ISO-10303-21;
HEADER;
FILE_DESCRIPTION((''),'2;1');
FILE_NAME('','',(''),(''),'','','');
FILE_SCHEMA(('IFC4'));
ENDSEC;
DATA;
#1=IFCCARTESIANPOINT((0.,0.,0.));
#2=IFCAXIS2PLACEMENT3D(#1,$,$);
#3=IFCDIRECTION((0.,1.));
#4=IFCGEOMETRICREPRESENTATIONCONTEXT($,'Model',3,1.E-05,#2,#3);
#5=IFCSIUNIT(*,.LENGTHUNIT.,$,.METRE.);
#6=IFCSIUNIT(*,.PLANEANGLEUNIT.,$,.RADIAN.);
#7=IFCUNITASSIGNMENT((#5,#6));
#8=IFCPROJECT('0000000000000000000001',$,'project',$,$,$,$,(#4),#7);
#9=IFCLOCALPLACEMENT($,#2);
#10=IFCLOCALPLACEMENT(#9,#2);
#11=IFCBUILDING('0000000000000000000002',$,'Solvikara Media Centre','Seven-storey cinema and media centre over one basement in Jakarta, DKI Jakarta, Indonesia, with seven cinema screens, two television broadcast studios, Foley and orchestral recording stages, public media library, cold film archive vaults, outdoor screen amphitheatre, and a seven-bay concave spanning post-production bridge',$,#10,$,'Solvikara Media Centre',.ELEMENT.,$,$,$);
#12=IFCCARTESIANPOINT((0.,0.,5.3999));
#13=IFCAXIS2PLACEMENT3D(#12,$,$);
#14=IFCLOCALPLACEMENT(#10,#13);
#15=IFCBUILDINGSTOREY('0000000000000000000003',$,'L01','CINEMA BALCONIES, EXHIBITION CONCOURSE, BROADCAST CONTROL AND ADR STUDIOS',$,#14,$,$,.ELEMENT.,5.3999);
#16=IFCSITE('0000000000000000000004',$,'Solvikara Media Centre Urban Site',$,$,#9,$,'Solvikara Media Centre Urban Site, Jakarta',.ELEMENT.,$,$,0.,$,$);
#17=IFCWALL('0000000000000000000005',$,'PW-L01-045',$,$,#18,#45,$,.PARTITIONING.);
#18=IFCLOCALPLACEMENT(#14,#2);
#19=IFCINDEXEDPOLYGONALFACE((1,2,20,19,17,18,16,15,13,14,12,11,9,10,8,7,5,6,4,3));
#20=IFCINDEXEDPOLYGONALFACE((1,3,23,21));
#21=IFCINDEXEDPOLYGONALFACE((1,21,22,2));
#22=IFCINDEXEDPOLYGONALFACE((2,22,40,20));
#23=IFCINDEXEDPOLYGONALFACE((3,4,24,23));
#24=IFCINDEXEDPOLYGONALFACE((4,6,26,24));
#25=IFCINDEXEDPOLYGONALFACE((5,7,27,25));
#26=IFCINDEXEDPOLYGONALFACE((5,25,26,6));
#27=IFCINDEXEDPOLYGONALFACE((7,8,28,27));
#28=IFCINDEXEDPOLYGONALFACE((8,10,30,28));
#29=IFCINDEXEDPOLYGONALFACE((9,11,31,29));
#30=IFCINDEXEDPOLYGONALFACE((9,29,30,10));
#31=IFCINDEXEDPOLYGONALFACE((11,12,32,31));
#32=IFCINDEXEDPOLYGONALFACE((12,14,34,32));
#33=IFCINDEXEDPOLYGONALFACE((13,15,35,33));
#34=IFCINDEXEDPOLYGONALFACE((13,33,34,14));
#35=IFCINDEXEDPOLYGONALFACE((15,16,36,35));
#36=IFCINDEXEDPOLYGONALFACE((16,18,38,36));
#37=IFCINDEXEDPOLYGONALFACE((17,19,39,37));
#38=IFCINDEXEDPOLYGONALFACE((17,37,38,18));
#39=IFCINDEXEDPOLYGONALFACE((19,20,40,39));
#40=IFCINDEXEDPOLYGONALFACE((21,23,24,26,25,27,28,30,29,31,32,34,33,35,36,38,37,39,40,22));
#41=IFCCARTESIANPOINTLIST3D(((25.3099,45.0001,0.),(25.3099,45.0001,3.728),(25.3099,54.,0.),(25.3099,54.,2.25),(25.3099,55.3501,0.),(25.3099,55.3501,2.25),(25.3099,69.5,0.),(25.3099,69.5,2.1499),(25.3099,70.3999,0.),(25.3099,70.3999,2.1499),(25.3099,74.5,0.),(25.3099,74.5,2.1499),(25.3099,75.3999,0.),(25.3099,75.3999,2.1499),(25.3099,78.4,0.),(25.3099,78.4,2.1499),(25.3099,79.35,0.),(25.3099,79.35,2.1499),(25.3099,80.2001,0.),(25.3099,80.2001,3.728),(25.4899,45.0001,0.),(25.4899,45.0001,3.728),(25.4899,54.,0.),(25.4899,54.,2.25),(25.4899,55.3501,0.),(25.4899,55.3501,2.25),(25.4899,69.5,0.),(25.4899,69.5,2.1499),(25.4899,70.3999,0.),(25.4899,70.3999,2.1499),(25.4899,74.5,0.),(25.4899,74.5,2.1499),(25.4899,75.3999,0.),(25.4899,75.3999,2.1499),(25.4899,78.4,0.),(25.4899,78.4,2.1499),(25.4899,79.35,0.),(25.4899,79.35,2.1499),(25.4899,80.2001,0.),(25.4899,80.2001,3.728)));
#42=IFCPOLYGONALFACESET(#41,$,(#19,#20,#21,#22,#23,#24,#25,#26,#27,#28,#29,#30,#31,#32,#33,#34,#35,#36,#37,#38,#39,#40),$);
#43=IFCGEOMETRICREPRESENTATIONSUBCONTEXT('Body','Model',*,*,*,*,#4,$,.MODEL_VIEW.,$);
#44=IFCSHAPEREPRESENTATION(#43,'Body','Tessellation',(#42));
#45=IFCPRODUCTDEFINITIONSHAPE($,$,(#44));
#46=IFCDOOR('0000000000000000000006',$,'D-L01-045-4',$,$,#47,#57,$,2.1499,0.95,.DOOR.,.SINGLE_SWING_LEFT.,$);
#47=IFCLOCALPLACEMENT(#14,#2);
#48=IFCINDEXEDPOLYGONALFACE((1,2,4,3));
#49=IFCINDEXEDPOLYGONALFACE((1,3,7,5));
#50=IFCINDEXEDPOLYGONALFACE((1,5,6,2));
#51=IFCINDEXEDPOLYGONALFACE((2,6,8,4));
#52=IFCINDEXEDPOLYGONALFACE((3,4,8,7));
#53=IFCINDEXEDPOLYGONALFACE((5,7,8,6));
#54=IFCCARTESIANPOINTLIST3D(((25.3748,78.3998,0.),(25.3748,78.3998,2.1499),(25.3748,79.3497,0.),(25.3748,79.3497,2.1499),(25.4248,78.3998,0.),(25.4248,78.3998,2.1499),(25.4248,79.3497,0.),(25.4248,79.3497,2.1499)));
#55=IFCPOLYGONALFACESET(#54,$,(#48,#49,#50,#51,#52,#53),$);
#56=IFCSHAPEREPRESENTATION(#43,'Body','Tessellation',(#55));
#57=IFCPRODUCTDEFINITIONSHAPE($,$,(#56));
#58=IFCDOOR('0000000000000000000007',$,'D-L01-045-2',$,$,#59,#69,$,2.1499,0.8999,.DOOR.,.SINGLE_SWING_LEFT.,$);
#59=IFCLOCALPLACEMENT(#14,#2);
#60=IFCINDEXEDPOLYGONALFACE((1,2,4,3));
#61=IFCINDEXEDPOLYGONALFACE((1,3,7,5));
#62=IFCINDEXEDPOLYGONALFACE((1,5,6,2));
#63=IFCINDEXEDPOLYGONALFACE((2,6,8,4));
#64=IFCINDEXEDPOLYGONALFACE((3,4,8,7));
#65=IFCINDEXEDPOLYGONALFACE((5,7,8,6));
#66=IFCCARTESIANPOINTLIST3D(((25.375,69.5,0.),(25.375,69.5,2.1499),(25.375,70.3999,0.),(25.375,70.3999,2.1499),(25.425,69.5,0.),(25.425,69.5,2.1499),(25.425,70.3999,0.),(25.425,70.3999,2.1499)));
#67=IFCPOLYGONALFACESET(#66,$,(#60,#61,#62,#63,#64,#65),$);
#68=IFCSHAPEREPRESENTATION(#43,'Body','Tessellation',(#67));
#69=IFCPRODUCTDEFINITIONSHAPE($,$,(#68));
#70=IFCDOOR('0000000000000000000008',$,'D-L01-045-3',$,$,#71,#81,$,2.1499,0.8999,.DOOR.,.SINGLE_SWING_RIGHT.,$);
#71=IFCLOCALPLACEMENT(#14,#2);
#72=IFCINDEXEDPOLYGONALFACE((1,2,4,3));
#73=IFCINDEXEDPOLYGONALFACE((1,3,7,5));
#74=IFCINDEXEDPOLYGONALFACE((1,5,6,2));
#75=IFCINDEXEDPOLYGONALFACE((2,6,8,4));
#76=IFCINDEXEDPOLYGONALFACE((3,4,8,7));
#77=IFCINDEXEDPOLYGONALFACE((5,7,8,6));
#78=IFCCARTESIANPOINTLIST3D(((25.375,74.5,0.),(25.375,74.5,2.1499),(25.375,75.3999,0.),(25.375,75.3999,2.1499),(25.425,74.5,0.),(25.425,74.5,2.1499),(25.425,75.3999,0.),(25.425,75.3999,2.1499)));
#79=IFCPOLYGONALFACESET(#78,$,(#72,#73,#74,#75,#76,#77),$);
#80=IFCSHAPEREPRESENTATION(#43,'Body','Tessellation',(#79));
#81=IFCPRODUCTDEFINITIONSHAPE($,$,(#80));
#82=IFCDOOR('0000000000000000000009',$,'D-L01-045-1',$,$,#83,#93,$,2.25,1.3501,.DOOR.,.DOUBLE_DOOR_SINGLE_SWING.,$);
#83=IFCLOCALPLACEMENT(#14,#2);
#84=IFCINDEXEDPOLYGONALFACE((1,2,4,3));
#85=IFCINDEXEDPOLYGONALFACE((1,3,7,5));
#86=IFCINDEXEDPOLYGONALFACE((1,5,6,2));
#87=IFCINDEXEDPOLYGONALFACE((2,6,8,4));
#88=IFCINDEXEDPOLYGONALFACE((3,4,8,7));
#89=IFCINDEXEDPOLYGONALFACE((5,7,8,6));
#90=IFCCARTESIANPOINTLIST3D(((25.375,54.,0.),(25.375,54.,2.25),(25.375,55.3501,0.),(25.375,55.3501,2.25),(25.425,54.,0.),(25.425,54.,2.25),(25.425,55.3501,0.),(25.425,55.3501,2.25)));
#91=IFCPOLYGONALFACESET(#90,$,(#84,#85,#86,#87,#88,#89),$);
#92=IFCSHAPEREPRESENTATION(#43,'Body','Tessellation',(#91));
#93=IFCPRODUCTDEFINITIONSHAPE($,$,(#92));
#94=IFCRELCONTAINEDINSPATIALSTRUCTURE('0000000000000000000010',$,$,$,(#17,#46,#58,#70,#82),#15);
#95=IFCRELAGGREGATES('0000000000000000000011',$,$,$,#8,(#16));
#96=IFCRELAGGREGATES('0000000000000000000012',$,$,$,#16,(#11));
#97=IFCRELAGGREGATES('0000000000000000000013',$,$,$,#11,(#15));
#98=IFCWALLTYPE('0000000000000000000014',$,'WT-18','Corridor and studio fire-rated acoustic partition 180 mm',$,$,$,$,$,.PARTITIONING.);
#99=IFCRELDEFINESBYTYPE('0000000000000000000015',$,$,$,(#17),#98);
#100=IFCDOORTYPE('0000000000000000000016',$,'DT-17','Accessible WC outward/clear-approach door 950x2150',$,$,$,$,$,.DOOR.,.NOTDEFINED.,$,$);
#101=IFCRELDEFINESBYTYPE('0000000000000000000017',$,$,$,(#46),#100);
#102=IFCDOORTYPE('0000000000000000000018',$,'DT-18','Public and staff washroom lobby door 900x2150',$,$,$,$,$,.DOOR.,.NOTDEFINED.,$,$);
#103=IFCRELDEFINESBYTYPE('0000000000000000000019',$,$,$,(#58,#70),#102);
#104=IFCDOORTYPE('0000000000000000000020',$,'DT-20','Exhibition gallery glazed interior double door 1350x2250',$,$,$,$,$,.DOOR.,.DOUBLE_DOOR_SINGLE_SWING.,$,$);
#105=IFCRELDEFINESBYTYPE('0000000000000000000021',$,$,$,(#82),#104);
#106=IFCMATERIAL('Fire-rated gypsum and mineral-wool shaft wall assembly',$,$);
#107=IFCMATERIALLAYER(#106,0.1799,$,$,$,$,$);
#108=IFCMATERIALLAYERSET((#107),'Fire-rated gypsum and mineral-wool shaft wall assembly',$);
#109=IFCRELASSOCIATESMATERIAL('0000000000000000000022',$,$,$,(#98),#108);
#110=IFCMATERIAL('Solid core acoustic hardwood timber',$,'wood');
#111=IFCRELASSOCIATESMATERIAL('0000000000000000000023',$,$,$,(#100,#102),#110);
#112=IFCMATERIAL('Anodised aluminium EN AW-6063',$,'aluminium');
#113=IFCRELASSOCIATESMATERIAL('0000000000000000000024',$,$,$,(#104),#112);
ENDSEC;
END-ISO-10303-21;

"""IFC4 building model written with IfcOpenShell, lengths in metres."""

from ifc_helpers import new_model, si_unit, direction, frame, frame_2d, origin, place, context, subcontext, project, spatial, rectangle, extrude, material, layer, layer_set, type_object, element, fill, save


model = new_model("IFC4")

# Units and contexts
model_context = context("Model", 3, precision=1e-05, world=origin(), true_north=direction((0.0, 1.0)))
body_context = subcontext(model_context, "Body", "Model", "MODEL_VIEW")
ifc_project = project(units=[si_unit("LENGTHUNIT", "METRE"), si_unit("PLANEANGLEUNIT", "RADIAN")], contexts=[model_context])

# Site, building, storey
site_placement = place(None, origin())
site = spatial("IfcSite", under=ifc_project, at=site_placement, Name="Solvikara Media Centre Urban Site", LongName="Solvikara Media Centre Urban Site, Jakarta", CompositionType="ELEMENT", RefElevation=0.0)
building_placement = place(site_placement, origin())
building = spatial("IfcBuilding", under=site, at=building_placement, Name="Solvikara Media Centre", Description="Seven-storey cinema and media centre over one basement in Jakarta, DKI Jakarta, Indonesia, with seven cinema screens, two television broadcast studios, Foley and orchestral recording stages, public media library, cold film archive vaults, outdoor screen amphitheatre, and a seven-bay concave spanning post-production bridge", LongName="Solvikara Media Centre", CompositionType="ELEMENT")
storey_placement = place(building_placement, frame((0.0, 0.0, 5.3999)))
storey = spatial("IfcBuildingStorey", under=building, at=storey_placement, Name="L01", Description="CINEMA BALCONIES, EXHIBITION CONCOURSE, BROADCAST CONTROL AND ADR STUDIOS", CompositionType="ELEMENT", Elevation=5.3999)

# Shared definitions
ifc_material_1 = material(Name="Anodised aluminium EN AW-6063", Category="aluminium")

# Wall, openings, doors
ifc_material_2 = material(Name="Fire-rated gypsum and mineral-wool shaft wall assembly")
ifc_layer_1 = layer(ifc_material_2, 0.1799)
ifc_layer_set_1 = layer_set([ifc_layer_1], Name="Fire-rated gypsum and mineral-wool shaft wall assembly")
wall_type_1 = type_object("IfcWallType", Name="WT-18", Description="Corridor and studio fire-rated acoustic partition 180 mm", PredefinedType="PARTITIONING", material=ifc_layer_set_1)
wall_1_placement = place(storey_placement, frame((25.3999, 45.0, 0.0), z_axis=(0.0, 0.0, 1.0), x_axis=(0.0, 1.0, 0.0)))
wall_1 = element("IfcWall", 1, at=wall_1_placement, inside=storey, type_object=wall_type_1, Name="PW-L01-045", PredefinedType="PARTITIONING", context=body_context, shape_type="SweptSolid", body=[
    extrude(rectangle(XDim=35.2, YDim=0.1799, at=frame_2d((17.6001, 0.0))), origin(), (0.0, 0.0, 1.0), 3.728),
])
opening_1_placement = place(wall_1_placement, frame((9.0, 0.0, 0.0)))
opening_1 = element("IfcOpeningElement", 2, at=opening_1_placement, cuts=wall_1, PredefinedType="OPENING", context=body_context, shape_type="SweptSolid", body=[
    extrude(rectangle(XDim=1.3501, YDim=2.25, at=frame_2d((0.675, 1.125))), frame((0.0, 0.1021, 0.0), z_axis=(0.0, -1.0, 0.0), x_axis=(1.0, 0.0, 0.0)), (0.0, 0.0, 1.0), 0.2039),
])
opening_2_placement = place(wall_1_placement, frame((24.5, 0.0, 0.0)))
opening_2 = element("IfcOpeningElement", 3, at=opening_2_placement, cuts=wall_1, PredefinedType="OPENING", context=body_context, shape_type="SweptSolid", body=[
    extrude(rectangle(XDim=0.8999, YDim=2.1499, at=frame_2d((0.45, 1.075))), frame((0.0, 0.1021, 0.0), z_axis=(0.0, -1.0, 0.0), x_axis=(1.0, 0.0, 0.0)), (0.0, 0.0, 1.0), 0.2039),
])
opening_3_placement = place(wall_1_placement, frame((29.5, 0.0, 0.0)))
opening_3 = element("IfcOpeningElement", 4, at=opening_3_placement, cuts=wall_1, PredefinedType="OPENING", context=body_context, shape_type="SweptSolid", body=[
    extrude(rectangle(XDim=0.8999, YDim=2.1499, at=frame_2d((0.45, 1.075))), frame((0.0, 0.1021, 0.0), z_axis=(0.0, -1.0, 0.0), x_axis=(1.0, 0.0, 0.0)), (0.0, 0.0, 1.0), 0.2039),
])
opening_4_placement = place(wall_1_placement, frame((33.3999, 0.0, 0.0)))
opening_4 = element("IfcOpeningElement", 5, at=opening_4_placement, cuts=wall_1, PredefinedType="OPENING", context=body_context, shape_type="SweptSolid", body=[
    extrude(rectangle(XDim=0.95, YDim=2.1499, at=frame_2d((0.4751, 1.075))), frame((0.0, 0.1021, 0.0), z_axis=(0.0, -1.0, 0.0), x_axis=(1.0, 0.0, 0.0)), (0.0, 0.0, 1.0), 0.2039),
])
ifc_material_3 = material(Name="Solid core acoustic hardwood timber", Category="wood")
door_type_1 = type_object("IfcDoorType", Name="DT-17", Description="Accessible WC outward/clear-approach door 950x2150", OperationType="NOTDEFINED", PredefinedType="DOOR", material=ifc_material_3)
door_1_placement = place(opening_4_placement, frame((0.95, 0.0, 0.0), z_axis=(0.0, 0.0, 1.0), x_axis=(-1.0, 0.0, 0.0)))
door_1 = element("IfcDoor", 6, at=door_1_placement, inside=storey, type_object=door_type_1, Name="D-L01-045-4", OperationType="SINGLE_SWING_LEFT", OverallHeight=2.1499, OverallWidth=0.95, PredefinedType="DOOR", context=body_context, shape_type="SweptSolid", body=[
    extrude(rectangle(XDim=0.95, YDim=2.1499, at=frame_2d((0.4751, 1.075))), frame((0.0, 0.0249, 0.0), z_axis=(0.0, -1.0, 0.0), x_axis=(1.0, 0.0, 0.0)), (0.0, 0.0, 1.0), 0.05),
])
fill(opening_4, door_1)
door_type_2 = type_object("IfcDoorType", Name="DT-18", Description="Public and staff washroom lobby door 900x2150", OperationType="NOTDEFINED", PredefinedType="DOOR", material=ifc_material_3)
door_2_placement = place(opening_2_placement, origin())
door_2 = element("IfcDoor", 7, at=door_2_placement, inside=storey, type_object=door_type_2, Name="D-L01-045-2", OperationType="SINGLE_SWING_LEFT", OverallHeight=2.1499, OverallWidth=0.8999, PredefinedType="DOOR", context=body_context, shape_type="SweptSolid", body=[
    extrude(rectangle(XDim=0.8999, YDim=2.1499, at=frame_2d((0.45, 1.075))), frame((0.0, 0.0249, 0.0), z_axis=(0.0, -1.0, 0.0), x_axis=(1.0, 0.0, 0.0)), (0.0, 0.0, 1.0), 0.05),
])
fill(opening_2, door_2)
door_3_placement = place(opening_3_placement, origin())
door_3 = element("IfcDoor", 8, at=door_3_placement, inside=storey, type_object=door_type_2, Name="D-L01-045-3", OperationType="SINGLE_SWING_RIGHT", OverallHeight=2.1499, OverallWidth=0.8999, PredefinedType="DOOR", context=body_context, shape_type="SweptSolid", body=[
    extrude(rectangle(XDim=0.8999, YDim=2.1499, at=frame_2d((0.45, 1.075))), frame((0.0, 0.0249, 0.0), z_axis=(0.0, -1.0, 0.0), x_axis=(1.0, 0.0, 0.0)), (0.0, 0.0, 1.0), 0.05),
])
fill(opening_3, door_3)
door_type_3 = type_object("IfcDoorType", Name="DT-20", Description="Exhibition gallery glazed interior double door 1350x2250", OperationType="DOUBLE_DOOR_SINGLE_SWING", PredefinedType="DOOR", material=ifc_material_1)
door_4_placement = place(opening_1_placement, origin())
door_4 = element("IfcDoor", 9, at=door_4_placement, inside=storey, type_object=door_type_3, Name="D-L01-045-1", OperationType="DOUBLE_DOOR_SINGLE_SWING", OverallHeight=2.25, OverallWidth=1.3501, PredefinedType="DOOR", context=body_context, shape_type="SweptSolid", body=[
    extrude(rectangle(XDim=1.3501, YDim=2.25, at=frame_2d((0.675, 1.125))), frame((0.0, 0.0249, 0.0), z_axis=(0.0, -1.0, 0.0), x_axis=(1.0, 0.0, 0.0)), (0.0, 0.0, 1.0), 0.05),
])
fill(opening_1, door_4)

save(model, "model.ifc")
